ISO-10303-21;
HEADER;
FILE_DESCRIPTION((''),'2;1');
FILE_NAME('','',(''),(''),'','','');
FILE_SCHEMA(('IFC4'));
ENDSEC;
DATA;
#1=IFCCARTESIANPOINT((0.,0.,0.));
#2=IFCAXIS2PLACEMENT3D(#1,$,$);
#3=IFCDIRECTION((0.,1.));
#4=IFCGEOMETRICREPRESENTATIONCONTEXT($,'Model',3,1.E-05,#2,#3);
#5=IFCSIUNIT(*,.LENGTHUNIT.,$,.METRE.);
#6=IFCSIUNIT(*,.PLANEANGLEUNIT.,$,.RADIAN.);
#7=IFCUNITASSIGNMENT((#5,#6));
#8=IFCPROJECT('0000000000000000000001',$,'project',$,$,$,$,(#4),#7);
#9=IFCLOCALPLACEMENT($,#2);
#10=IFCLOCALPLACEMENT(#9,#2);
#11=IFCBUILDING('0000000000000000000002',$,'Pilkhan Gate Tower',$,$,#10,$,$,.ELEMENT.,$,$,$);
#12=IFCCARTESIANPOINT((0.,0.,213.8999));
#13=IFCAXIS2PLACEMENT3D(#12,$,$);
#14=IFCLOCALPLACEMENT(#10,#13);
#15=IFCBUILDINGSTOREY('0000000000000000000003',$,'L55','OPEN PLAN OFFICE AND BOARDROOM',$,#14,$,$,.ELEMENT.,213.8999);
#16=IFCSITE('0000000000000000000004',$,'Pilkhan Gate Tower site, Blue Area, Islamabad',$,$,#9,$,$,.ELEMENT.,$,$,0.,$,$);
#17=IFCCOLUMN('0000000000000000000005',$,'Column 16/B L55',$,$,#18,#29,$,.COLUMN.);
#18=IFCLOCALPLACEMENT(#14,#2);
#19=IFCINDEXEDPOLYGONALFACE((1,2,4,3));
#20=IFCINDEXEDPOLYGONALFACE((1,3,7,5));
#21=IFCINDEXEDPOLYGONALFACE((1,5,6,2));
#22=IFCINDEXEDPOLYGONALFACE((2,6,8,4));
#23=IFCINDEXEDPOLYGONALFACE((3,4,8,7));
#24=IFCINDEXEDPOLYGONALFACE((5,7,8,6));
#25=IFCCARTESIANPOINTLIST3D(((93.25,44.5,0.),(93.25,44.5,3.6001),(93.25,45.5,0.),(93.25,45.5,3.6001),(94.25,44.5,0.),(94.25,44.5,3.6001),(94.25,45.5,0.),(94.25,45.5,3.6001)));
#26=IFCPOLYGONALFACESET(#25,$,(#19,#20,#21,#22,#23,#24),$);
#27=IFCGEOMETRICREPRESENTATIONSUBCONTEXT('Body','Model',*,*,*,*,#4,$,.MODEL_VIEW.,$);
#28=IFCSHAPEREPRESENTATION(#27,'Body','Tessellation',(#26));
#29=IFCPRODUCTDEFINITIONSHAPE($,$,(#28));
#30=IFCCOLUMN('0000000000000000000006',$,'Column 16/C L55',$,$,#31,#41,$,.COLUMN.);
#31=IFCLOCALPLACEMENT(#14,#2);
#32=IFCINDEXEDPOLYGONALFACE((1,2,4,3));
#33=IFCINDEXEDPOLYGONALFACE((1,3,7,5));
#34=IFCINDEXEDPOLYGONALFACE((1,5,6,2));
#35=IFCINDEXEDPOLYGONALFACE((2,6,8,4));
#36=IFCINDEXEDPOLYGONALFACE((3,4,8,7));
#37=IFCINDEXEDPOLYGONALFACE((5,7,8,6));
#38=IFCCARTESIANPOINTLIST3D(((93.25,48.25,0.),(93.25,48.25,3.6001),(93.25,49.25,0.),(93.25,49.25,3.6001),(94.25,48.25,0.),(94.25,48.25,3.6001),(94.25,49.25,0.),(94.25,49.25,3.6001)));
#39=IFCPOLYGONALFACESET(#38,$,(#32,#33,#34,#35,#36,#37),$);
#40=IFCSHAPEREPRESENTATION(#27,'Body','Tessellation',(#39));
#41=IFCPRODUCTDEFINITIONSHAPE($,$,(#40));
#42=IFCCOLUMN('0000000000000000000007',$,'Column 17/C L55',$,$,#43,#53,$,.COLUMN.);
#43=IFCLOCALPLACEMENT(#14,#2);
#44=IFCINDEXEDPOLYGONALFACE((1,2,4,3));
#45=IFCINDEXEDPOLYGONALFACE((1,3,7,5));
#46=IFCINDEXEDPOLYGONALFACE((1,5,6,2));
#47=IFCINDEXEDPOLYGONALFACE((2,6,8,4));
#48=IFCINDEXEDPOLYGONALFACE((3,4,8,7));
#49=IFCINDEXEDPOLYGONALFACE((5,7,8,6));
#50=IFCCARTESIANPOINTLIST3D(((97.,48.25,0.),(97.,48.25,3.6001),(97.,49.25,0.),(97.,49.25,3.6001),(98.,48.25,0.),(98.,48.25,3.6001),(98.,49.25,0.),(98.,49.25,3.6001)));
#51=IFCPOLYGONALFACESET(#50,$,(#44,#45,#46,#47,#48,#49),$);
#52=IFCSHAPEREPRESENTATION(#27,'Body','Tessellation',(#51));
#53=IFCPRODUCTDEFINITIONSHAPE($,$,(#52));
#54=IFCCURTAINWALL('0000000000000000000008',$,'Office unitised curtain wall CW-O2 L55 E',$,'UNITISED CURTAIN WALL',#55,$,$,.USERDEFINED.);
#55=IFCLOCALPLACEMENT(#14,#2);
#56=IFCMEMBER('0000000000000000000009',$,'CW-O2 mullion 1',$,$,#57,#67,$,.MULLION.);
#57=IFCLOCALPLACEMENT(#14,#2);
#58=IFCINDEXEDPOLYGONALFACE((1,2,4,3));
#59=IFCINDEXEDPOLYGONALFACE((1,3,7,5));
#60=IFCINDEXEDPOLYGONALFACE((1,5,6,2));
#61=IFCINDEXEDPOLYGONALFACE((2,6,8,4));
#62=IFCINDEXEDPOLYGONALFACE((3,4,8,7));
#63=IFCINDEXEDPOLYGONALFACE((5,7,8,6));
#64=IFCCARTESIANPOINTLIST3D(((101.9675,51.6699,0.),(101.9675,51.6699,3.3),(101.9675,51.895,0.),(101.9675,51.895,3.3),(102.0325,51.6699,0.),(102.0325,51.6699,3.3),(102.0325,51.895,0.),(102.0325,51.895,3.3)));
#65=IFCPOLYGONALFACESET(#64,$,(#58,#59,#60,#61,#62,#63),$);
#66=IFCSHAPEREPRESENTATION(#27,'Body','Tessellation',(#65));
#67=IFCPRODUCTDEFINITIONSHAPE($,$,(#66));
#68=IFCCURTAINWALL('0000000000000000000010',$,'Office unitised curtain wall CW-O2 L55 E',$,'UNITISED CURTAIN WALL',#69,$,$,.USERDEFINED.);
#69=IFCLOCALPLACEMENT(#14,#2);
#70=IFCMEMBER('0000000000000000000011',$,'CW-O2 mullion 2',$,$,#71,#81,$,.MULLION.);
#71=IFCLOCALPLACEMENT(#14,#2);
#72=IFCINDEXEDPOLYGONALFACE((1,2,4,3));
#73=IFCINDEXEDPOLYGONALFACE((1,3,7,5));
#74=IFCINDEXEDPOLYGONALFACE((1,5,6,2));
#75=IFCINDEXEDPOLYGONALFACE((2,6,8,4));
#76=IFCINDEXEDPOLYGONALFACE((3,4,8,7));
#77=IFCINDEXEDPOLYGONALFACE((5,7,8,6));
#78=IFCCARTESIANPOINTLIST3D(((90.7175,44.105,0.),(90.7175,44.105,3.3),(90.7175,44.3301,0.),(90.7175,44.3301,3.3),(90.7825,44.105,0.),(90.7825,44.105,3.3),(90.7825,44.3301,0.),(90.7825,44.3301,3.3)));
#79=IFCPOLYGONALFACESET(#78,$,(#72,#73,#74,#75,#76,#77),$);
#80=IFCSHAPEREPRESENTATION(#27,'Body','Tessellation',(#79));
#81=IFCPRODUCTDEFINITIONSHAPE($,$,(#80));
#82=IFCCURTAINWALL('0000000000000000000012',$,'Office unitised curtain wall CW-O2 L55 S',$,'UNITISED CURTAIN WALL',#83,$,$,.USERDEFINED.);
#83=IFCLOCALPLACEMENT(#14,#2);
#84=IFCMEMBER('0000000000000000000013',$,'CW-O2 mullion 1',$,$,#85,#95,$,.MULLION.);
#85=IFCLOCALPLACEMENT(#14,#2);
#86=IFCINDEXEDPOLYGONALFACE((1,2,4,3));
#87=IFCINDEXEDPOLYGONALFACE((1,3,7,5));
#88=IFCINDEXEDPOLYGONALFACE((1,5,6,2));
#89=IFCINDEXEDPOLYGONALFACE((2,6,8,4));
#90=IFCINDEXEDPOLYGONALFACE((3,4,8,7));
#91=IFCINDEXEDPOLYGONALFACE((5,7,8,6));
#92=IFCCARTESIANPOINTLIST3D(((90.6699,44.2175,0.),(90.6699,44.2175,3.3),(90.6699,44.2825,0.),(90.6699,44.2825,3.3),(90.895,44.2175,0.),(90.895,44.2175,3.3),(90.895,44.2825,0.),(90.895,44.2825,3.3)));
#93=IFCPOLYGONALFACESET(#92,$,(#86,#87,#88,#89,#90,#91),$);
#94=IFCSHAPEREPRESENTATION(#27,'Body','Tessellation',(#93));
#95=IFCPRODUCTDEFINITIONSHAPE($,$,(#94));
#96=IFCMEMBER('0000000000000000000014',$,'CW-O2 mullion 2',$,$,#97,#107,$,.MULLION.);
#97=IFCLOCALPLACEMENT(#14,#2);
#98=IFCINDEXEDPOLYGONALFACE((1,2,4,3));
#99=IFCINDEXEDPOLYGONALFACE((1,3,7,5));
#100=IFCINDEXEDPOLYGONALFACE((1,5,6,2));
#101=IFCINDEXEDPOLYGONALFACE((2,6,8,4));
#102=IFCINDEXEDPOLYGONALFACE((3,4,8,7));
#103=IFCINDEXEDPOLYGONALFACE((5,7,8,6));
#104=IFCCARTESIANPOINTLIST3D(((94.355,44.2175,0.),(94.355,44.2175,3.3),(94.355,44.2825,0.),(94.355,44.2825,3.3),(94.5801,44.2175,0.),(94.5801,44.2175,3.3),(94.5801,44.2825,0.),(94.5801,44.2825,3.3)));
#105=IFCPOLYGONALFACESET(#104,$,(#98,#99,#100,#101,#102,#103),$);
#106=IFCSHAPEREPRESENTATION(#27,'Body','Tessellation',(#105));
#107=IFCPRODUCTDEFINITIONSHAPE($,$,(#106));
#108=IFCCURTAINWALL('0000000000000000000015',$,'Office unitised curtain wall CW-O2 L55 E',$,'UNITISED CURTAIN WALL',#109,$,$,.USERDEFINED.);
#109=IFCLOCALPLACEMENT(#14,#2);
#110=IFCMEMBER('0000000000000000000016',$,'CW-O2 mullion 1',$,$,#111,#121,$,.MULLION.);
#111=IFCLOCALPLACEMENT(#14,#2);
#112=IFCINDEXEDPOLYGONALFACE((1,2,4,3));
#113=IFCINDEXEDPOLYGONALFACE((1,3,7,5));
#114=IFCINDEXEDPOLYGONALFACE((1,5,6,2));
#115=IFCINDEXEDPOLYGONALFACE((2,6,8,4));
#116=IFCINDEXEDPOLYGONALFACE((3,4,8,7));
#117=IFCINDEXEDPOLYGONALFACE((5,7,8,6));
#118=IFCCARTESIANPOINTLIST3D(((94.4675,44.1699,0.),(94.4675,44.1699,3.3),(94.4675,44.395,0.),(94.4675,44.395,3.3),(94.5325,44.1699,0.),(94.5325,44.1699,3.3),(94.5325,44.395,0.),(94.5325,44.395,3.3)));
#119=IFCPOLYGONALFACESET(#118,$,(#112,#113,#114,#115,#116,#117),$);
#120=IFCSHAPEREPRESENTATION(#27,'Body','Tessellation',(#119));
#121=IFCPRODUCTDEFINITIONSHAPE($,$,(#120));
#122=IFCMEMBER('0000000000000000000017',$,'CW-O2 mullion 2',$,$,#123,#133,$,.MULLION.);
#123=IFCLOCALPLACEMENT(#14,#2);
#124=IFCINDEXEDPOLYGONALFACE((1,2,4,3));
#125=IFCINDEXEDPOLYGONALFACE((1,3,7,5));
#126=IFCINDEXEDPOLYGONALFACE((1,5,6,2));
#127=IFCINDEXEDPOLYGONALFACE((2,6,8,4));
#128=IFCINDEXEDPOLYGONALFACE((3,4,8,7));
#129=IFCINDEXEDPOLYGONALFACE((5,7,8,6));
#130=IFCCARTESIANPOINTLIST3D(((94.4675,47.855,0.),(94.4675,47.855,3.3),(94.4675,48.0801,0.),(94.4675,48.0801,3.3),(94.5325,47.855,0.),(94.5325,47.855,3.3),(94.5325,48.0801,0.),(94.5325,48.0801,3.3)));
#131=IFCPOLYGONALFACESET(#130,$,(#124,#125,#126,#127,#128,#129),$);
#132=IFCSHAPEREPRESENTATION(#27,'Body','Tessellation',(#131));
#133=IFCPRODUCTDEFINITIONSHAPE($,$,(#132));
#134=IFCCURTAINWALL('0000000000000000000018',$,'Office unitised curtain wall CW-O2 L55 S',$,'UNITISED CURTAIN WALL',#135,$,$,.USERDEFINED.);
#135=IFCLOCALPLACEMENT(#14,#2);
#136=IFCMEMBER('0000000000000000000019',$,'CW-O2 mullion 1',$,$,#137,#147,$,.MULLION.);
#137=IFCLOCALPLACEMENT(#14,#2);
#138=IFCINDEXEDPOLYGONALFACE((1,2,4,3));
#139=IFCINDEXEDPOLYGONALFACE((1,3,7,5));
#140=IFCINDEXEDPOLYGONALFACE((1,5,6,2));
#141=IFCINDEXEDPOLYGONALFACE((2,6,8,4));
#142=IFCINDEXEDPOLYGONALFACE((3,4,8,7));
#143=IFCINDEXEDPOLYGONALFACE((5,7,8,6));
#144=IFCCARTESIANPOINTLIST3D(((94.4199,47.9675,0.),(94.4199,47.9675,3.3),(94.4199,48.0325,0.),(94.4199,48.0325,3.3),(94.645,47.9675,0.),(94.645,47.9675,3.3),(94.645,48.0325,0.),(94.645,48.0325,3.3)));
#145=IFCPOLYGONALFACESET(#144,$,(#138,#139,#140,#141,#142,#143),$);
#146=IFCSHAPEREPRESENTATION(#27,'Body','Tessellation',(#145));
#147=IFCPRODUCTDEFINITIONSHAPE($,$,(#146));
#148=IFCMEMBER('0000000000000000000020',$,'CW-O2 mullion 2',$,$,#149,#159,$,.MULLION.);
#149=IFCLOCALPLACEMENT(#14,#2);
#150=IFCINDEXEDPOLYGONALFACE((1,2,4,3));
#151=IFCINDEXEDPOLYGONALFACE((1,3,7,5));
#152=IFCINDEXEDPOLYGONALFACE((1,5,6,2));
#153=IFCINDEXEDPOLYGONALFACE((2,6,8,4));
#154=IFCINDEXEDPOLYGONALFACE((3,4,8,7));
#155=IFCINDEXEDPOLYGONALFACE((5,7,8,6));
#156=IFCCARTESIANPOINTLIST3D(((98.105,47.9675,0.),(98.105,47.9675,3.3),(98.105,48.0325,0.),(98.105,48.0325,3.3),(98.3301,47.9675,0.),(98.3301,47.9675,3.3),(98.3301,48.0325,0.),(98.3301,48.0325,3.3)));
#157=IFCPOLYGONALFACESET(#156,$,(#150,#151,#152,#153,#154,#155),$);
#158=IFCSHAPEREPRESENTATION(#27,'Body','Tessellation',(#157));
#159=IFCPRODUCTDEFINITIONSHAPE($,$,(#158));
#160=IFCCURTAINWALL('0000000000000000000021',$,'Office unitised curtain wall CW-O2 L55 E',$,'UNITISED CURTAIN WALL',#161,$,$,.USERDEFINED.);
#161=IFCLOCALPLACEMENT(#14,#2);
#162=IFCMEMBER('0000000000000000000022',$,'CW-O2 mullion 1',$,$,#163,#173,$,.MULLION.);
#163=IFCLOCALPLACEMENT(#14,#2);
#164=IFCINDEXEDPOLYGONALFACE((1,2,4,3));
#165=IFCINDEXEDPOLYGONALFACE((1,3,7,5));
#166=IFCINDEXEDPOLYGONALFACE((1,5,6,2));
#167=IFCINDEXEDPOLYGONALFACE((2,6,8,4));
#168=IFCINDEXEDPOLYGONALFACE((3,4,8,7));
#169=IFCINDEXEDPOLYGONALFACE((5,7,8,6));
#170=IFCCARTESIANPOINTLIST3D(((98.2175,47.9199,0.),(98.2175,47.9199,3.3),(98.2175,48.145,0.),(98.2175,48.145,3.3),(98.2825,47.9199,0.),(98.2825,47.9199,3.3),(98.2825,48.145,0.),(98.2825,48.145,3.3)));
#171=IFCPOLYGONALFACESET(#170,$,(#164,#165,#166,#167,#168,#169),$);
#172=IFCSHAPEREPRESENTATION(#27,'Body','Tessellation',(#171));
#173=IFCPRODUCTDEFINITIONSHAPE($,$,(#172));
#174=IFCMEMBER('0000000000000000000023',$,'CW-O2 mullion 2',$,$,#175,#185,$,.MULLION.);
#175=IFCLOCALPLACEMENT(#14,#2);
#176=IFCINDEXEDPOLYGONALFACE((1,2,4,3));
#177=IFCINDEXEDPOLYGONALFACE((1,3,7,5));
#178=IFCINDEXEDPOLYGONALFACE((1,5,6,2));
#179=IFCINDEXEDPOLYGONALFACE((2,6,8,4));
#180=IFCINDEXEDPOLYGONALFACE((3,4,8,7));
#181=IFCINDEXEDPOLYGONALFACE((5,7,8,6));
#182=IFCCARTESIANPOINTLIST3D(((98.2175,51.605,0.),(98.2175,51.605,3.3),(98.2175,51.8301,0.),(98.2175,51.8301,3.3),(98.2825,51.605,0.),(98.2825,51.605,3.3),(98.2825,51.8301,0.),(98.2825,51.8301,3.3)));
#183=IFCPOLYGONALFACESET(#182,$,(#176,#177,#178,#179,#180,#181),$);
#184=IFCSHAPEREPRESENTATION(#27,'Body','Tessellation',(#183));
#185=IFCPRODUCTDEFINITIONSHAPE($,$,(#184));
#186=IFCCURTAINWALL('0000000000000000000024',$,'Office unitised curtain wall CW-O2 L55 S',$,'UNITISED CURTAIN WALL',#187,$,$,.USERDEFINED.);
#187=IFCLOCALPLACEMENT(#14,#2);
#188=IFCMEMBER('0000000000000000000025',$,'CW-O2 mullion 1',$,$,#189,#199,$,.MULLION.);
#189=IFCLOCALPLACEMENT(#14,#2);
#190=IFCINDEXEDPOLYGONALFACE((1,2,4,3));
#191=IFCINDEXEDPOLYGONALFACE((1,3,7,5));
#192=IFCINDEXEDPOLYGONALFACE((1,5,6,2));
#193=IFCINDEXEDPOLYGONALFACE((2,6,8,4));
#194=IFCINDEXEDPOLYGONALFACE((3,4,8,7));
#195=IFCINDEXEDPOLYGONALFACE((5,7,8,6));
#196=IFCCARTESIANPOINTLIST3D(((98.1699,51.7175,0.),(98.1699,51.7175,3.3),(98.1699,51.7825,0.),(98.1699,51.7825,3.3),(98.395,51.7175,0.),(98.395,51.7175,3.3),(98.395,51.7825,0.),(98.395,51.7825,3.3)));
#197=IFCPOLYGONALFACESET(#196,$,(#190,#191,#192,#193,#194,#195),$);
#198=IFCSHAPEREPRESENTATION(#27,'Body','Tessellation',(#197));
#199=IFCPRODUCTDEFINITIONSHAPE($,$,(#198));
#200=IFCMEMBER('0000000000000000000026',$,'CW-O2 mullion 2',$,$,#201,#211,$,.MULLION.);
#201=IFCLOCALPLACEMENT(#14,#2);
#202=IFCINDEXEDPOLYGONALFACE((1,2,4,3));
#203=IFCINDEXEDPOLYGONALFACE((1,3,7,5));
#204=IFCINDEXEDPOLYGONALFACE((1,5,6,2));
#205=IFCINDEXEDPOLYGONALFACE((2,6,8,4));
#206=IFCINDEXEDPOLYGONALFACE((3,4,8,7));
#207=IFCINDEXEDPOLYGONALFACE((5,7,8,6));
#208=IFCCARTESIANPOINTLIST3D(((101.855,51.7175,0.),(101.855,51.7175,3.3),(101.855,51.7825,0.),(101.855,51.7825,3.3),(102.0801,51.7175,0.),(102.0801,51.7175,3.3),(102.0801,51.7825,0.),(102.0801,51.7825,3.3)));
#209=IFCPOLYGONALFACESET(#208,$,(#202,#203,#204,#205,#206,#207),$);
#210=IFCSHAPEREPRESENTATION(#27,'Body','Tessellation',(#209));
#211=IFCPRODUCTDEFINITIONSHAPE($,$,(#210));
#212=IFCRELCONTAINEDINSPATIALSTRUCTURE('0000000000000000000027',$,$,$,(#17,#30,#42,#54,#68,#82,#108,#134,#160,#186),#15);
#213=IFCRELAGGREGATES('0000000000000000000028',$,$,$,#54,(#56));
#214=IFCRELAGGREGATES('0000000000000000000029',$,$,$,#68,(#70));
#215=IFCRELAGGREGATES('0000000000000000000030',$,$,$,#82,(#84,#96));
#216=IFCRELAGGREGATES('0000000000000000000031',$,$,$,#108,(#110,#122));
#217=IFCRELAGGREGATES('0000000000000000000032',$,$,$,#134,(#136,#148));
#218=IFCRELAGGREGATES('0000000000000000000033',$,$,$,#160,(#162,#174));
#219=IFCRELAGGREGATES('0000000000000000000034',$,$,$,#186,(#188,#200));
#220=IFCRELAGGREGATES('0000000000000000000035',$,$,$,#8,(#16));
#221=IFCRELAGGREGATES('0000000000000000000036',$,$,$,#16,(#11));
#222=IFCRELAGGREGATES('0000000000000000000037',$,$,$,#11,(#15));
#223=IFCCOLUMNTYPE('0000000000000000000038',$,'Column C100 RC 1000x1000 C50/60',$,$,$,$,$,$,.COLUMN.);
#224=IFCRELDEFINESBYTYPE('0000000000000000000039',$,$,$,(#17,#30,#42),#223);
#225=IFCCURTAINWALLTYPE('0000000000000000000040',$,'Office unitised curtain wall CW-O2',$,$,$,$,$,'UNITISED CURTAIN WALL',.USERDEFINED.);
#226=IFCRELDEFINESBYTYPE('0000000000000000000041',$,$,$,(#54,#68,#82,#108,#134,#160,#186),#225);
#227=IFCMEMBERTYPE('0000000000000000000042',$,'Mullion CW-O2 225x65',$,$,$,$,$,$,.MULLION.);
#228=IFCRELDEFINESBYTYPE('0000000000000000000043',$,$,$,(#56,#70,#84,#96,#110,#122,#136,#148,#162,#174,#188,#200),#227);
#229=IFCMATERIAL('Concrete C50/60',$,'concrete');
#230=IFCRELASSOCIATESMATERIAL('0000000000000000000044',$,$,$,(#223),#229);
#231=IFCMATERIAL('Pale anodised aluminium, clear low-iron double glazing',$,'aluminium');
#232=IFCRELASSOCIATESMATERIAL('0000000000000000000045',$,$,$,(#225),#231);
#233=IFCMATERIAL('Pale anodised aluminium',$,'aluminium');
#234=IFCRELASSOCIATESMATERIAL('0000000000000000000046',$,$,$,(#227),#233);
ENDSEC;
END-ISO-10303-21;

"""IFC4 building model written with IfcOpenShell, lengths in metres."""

from ifc_helpers import new_model, si_unit, direction, frame, origin, origin_2d, place, context, subcontext, project, spatial, rectangle, extrude, material, material_profile, profile_set, type_object, element, aggregate, save


model = new_model("IFC4")

# Units and contexts
model_context = context("Model", 3, precision=1e-05, world=origin(), true_north=direction((0.0, 1.0)))
body_context = subcontext(model_context, "Body", "Model", "MODEL_VIEW")
ifc_project = project(units=[si_unit("LENGTHUNIT", "METRE"), si_unit("PLANEANGLEUNIT", "RADIAN")], contexts=[model_context])

# Site, building, storey
site_placement = place(None, origin())
site = spatial("IfcSite", under=ifc_project, at=site_placement, Name="Pilkhan Gate Tower site, Blue Area, Islamabad", CompositionType="ELEMENT", RefElevation=0.0)
building_placement = place(site_placement, origin())
building = spatial("IfcBuilding", under=site, at=building_placement, Name="Pilkhan Gate Tower", CompositionType="ELEMENT")
storey_placement = place(building_placement, frame((0.0, 0.0, 213.8999)))
storey = spatial("IfcBuildingStorey", under=building, at=storey_placement, Name="L55", Description="OPEN PLAN OFFICE AND BOARDROOM", CompositionType="ELEMENT", Elevation=213.8999)

# Columns
ifc_material_1 = material(Name="Concrete C50/60", Category="concrete")
ifc_material_profile_1 = material_profile(ifc_material_1, rectangle(XDim=1.0, YDim=1.0, at=origin_2d()), Name="RC 1000x1000")
ifc_profile_set_1 = profile_set([ifc_material_profile_1], Name="Concrete C50/60")
column_type = type_object("IfcColumnType", Name="Column C100 RC 1000x1000 C50/60", PredefinedType="COLUMN", material=ifc_profile_set_1)
for number, where, z_axis, x_axis, name in (
    (1, (93.75, 45.0, 0.0), (0.0, 0.0, 1.0), (1.0, 0.0, 0.0), "Column 16/B L55"),
    (2, (93.75, 48.75, 0.0), (0.0, 0.0, 1.0), (1.0, 0.0, 0.0), "Column 16/C L55"),
    (3, (97.5, 48.75, 0.0), (0.0, 0.0, 1.0), (1.0, 0.0, 0.0), "Column 17/C L55"),
):
    element("IfcColumn", number, at=place(storey_placement, frame(where, z_axis=z_axis, x_axis=x_axis)), inside=storey, type_object=column_type, Name=name, PredefinedType="COLUMN", context=body_context, shape_type="SweptSolid", body=[
        extrude(rectangle(XDim=1.0, YDim=1.0, at=origin_2d()), origin(), (0.0, 0.0, 1.0), 3.6001),
    ])

# Curtain walls, members
ifc_material_2 = material(Name="Pale anodised aluminium, clear low-iron double glazing", Category="aluminium")
curtain_wall_type = type_object("IfcCurtainWallType", Name="Office unitised curtain wall CW-O2", ElementType="UNITISED CURTAIN WALL", PredefinedType="USERDEFINED", material=ifc_material_2)
curtain_wall_1_placement = place(storey_placement, origin())
curtain_wall_1 = element("IfcCurtainWall", 4, at=curtain_wall_1_placement, inside=storey, type_object=curtain_wall_type, Name="Office unitised curtain wall CW-O2 L55 E", ObjectType="UNITISED CURTAIN WALL", PredefinedType="USERDEFINED")
ifc_material_3 = material(Name="Pale anodised aluminium", Category="aluminium")
ifc_material_profile_2 = material_profile(ifc_material_3, rectangle(XDim=0.0649, YDim=0.2251, at=origin_2d()), Name="Mullion 225x65")
ifc_profile_set_2 = profile_set([ifc_material_profile_2], Name="Pale anodised aluminium")
member_type_1 = type_object("IfcMemberType", Name="Mullion CW-O2 225x65", PredefinedType="MULLION", material=ifc_profile_set_2)
member_1_placement = place(storey_placement, frame((102.0, 51.7825, 0.0), z_axis=(0.0, 0.0, 1.0), x_axis=(-1.0, 0.0, 0.0)))
member_1 = element("IfcMember", 5, at=member_1_placement, type_object=member_type_1, Name="CW-O2 mullion 1", PredefinedType="MULLION", context=body_context, shape_type="SweptSolid", body=[
    extrude(rectangle(XDim=0.0649, YDim=0.2251, at=origin_2d()), origin(), (0.0, 0.0, 1.0), 3.3),
])
curtain_wall_2_placement = place(storey_placement, origin())
curtain_wall_2 = element("IfcCurtainWall", 6, at=curtain_wall_2_placement, inside=storey, type_object=curtain_wall_type, Name="Office unitised curtain wall CW-O2 L55 E", ObjectType="UNITISED CURTAIN WALL", PredefinedType="USERDEFINED")
member_2_placement = place(storey_placement, frame((90.75, 44.2175, 0.0), z_axis=(0.0, 0.0, 1.0), x_axis=(-1.0, 0.0, 0.0)))
member_2 = element("IfcMember", 7, at=member_2_placement, type_object=member_type_1, Name="CW-O2 mullion 2", PredefinedType="MULLION", context=body_context, shape_type="SweptSolid", body=[
    extrude(rectangle(XDim=0.0649, YDim=0.2251, at=origin_2d()), origin(), (0.0, 0.0, 1.0), 3.3),
])

# Curtain walls, members
curtain_wall_3_placement = place(storey_placement, origin())
curtain_wall_3 = element("IfcCurtainWall", 8, at=curtain_wall_3_placement, inside=storey, type_object=curtain_wall_type, Name="Office unitised curtain wall CW-O2 L55 S", ObjectType="UNITISED CURTAIN WALL", PredefinedType="USERDEFINED")
member_3_placement = place(storey_placement, frame((90.7825, 44.25, 0.0), z_axis=(0.0, 0.0, 1.0), x_axis=(0.0, 1.0, 0.0)))
member_3 = element("IfcMember", 9, at=member_3_placement, type_object=member_type_1, Name="CW-O2 mullion 1", PredefinedType="MULLION", context=body_context, shape_type="SweptSolid", body=[
    extrude(rectangle(XDim=0.0649, YDim=0.2251, at=origin_2d()), origin(), (0.0, 0.0, 1.0), 3.3),
])
member_4_placement = place(storey_placement, frame((94.4675, 44.25, 0.0), z_axis=(0.0, 0.0, 1.0), x_axis=(0.0, 1.0, 0.0)))
member_4 = element("IfcMember", 10, at=member_4_placement, type_object=member_type_1, Name="CW-O2 mullion 2", PredefinedType="MULLION", context=body_context, shape_type="SweptSolid", body=[
    extrude(rectangle(XDim=0.0649, YDim=0.2251, at=origin_2d()), origin(), (0.0, 0.0, 1.0), 3.3),
])
curtain_wall_4_placement = place(storey_placement, origin())
curtain_wall_4 = element("IfcCurtainWall", 11, at=curtain_wall_4_placement, inside=storey, type_object=curtain_wall_type, Name="Office unitised curtain wall CW-O2 L55 E", ObjectType="UNITISED CURTAIN WALL", PredefinedType="USERDEFINED")
member_5_placement = place(storey_placement, frame((94.5, 44.2825, 0.0), z_axis=(0.0, 0.0, 1.0), x_axis=(-1.0, 0.0, 0.0)))
member_5 = element("IfcMember", 12, at=member_5_placement, type_object=member_type_1, Name="CW-O2 mullion 1", PredefinedType="MULLION", context=body_context, shape_type="SweptSolid", body=[
    extrude(rectangle(XDim=0.0649, YDim=0.2251, at=origin_2d()), origin(), (0.0, 0.0, 1.0), 3.3),
])
member_6_placement = place(storey_placement, frame((94.5, 47.9675, 0.0), z_axis=(0.0, 0.0, 1.0), x_axis=(-1.0, 0.0, 0.0)))
member_6 = element("IfcMember", 13, at=member_6_placement, type_object=member_type_1, Name="CW-O2 mullion 2", PredefinedType="MULLION", context=body_context, shape_type="SweptSolid", body=[
    extrude(rectangle(XDim=0.0649, YDim=0.2251, at=origin_2d()), origin(), (0.0, 0.0, 1.0), 3.3),
])
curtain_wall_5_placement = place(storey_placement, origin())
curtain_wall_5 = element("IfcCurtainWall", 14, at=curtain_wall_5_placement, inside=storey, type_object=curtain_wall_type, Name="Office unitised curtain wall CW-O2 L55 S", ObjectType="UNITISED CURTAIN WALL", PredefinedType="USERDEFINED")
member_7_placement = place(storey_placement, frame((94.5325, 48.0, 0.0), z_axis=(0.0, 0.0, 1.0), x_axis=(0.0, 1.0, 0.0)))
member_7 = element("IfcMember", 15, at=member_7_placement, type_object=member_type_1, Name="CW-O2 mullion 1", PredefinedType="MULLION", context=body_context, shape_type="SweptSolid", body=[
    extrude(rectangle(XDim=0.0649, YDim=0.2251, at=origin_2d()), origin(), (0.0, 0.0, 1.0), 3.3),
])
member_8_placement = place(storey_placement, frame((98.2175, 48.0, 0.0), z_axis=(0.0, 0.0, 1.0), x_axis=(0.0, 1.0, 0.0)))
member_8 = element("IfcMember", 16, at=member_8_placement, type_object=member_type_1, Name="CW-O2 mullion 2", PredefinedType="MULLION", context=body_context, shape_type="SweptSolid", body=[
    extrude(rectangle(XDim=0.0649, YDim=0.2251, at=origin_2d()), origin(), (0.0, 0.0, 1.0), 3.3),
])
curtain_wall_6_placement = place(storey_placement, origin())
curtain_wall_6 = element("IfcCurtainWall", 17, at=curtain_wall_6_placement, inside=storey, type_object=curtain_wall_type, Name="Office unitised curtain wall CW-O2 L55 E", ObjectType="UNITISED CURTAIN WALL", PredefinedType="USERDEFINED")
member_9_placement = place(storey_placement, frame((98.25, 48.0325, 0.0), z_axis=(0.0, 0.0, 1.0), x_axis=(-1.0, 0.0, 0.0)))
member_9 = element("IfcMember", 18, at=member_9_placement, type_object=member_type_1, Name="CW-O2 mullion 1", PredefinedType="MULLION", context=body_context, shape_type="SweptSolid", body=[
    extrude(rectangle(XDim=0.0649, YDim=0.2251, at=origin_2d()), origin(), (0.0, 0.0, 1.0), 3.3),
])
member_10_placement = place(storey_placement, frame((98.25, 51.7175, 0.0), z_axis=(0.0, 0.0, 1.0), x_axis=(-1.0, 0.0, 0.0)))
member_10 = element("IfcMember", 19, at=member_10_placement, type_object=member_type_1, Name="CW-O2 mullion 2", PredefinedType="MULLION", context=body_context, shape_type="SweptSolid", body=[
    extrude(rectangle(XDim=0.0649, YDim=0.2251, at=origin_2d()), origin(), (0.0, 0.0, 1.0), 3.3),
])
curtain_wall_7_placement = place(storey_placement, origin())
curtain_wall_7 = element("IfcCurtainWall", 20, at=curtain_wall_7_placement, inside=storey, type_object=curtain_wall_type, Name="Office unitised curtain wall CW-O2 L55 S", ObjectType="UNITISED CURTAIN WALL", PredefinedType="USERDEFINED")
member_11_placement = place(storey_placement, frame((98.2825, 51.75, 0.0), z_axis=(0.0, 0.0, 1.0), x_axis=(0.0, 1.0, 0.0)))
member_11 = element("IfcMember", 21, at=member_11_placement, type_object=member_type_1, Name="CW-O2 mullion 1", PredefinedType="MULLION", context=body_context, shape_type="SweptSolid", body=[
    extrude(rectangle(XDim=0.0649, YDim=0.2251, at=origin_2d()), origin(), (0.0, 0.0, 1.0), 3.3),
])
member_12_placement = place(storey_placement, frame((101.9675, 51.75, 0.0), z_axis=(0.0, 0.0, 1.0), x_axis=(0.0, 1.0, 0.0)))
member_12 = element("IfcMember", 22, at=member_12_placement, type_object=member_type_1, Name="CW-O2 mullion 2", PredefinedType="MULLION", context=body_context, shape_type="SweptSolid", body=[
    extrude(rectangle(XDim=0.0649, YDim=0.2251, at=origin_2d()), origin(), (0.0, 0.0, 1.0), 3.3),
])

aggregate(curtain_wall_1, [member_1])

aggregate(curtain_wall_2, [member_2])
aggregate(curtain_wall_3, [member_3, member_4])
aggregate(curtain_wall_4, [member_5, member_6])
aggregate(curtain_wall_5, [member_7, member_8])
aggregate(curtain_wall_6, [member_9, member_10])
aggregate(curtain_wall_7, [member_11, member_12])

save(model, "model.ifc")
